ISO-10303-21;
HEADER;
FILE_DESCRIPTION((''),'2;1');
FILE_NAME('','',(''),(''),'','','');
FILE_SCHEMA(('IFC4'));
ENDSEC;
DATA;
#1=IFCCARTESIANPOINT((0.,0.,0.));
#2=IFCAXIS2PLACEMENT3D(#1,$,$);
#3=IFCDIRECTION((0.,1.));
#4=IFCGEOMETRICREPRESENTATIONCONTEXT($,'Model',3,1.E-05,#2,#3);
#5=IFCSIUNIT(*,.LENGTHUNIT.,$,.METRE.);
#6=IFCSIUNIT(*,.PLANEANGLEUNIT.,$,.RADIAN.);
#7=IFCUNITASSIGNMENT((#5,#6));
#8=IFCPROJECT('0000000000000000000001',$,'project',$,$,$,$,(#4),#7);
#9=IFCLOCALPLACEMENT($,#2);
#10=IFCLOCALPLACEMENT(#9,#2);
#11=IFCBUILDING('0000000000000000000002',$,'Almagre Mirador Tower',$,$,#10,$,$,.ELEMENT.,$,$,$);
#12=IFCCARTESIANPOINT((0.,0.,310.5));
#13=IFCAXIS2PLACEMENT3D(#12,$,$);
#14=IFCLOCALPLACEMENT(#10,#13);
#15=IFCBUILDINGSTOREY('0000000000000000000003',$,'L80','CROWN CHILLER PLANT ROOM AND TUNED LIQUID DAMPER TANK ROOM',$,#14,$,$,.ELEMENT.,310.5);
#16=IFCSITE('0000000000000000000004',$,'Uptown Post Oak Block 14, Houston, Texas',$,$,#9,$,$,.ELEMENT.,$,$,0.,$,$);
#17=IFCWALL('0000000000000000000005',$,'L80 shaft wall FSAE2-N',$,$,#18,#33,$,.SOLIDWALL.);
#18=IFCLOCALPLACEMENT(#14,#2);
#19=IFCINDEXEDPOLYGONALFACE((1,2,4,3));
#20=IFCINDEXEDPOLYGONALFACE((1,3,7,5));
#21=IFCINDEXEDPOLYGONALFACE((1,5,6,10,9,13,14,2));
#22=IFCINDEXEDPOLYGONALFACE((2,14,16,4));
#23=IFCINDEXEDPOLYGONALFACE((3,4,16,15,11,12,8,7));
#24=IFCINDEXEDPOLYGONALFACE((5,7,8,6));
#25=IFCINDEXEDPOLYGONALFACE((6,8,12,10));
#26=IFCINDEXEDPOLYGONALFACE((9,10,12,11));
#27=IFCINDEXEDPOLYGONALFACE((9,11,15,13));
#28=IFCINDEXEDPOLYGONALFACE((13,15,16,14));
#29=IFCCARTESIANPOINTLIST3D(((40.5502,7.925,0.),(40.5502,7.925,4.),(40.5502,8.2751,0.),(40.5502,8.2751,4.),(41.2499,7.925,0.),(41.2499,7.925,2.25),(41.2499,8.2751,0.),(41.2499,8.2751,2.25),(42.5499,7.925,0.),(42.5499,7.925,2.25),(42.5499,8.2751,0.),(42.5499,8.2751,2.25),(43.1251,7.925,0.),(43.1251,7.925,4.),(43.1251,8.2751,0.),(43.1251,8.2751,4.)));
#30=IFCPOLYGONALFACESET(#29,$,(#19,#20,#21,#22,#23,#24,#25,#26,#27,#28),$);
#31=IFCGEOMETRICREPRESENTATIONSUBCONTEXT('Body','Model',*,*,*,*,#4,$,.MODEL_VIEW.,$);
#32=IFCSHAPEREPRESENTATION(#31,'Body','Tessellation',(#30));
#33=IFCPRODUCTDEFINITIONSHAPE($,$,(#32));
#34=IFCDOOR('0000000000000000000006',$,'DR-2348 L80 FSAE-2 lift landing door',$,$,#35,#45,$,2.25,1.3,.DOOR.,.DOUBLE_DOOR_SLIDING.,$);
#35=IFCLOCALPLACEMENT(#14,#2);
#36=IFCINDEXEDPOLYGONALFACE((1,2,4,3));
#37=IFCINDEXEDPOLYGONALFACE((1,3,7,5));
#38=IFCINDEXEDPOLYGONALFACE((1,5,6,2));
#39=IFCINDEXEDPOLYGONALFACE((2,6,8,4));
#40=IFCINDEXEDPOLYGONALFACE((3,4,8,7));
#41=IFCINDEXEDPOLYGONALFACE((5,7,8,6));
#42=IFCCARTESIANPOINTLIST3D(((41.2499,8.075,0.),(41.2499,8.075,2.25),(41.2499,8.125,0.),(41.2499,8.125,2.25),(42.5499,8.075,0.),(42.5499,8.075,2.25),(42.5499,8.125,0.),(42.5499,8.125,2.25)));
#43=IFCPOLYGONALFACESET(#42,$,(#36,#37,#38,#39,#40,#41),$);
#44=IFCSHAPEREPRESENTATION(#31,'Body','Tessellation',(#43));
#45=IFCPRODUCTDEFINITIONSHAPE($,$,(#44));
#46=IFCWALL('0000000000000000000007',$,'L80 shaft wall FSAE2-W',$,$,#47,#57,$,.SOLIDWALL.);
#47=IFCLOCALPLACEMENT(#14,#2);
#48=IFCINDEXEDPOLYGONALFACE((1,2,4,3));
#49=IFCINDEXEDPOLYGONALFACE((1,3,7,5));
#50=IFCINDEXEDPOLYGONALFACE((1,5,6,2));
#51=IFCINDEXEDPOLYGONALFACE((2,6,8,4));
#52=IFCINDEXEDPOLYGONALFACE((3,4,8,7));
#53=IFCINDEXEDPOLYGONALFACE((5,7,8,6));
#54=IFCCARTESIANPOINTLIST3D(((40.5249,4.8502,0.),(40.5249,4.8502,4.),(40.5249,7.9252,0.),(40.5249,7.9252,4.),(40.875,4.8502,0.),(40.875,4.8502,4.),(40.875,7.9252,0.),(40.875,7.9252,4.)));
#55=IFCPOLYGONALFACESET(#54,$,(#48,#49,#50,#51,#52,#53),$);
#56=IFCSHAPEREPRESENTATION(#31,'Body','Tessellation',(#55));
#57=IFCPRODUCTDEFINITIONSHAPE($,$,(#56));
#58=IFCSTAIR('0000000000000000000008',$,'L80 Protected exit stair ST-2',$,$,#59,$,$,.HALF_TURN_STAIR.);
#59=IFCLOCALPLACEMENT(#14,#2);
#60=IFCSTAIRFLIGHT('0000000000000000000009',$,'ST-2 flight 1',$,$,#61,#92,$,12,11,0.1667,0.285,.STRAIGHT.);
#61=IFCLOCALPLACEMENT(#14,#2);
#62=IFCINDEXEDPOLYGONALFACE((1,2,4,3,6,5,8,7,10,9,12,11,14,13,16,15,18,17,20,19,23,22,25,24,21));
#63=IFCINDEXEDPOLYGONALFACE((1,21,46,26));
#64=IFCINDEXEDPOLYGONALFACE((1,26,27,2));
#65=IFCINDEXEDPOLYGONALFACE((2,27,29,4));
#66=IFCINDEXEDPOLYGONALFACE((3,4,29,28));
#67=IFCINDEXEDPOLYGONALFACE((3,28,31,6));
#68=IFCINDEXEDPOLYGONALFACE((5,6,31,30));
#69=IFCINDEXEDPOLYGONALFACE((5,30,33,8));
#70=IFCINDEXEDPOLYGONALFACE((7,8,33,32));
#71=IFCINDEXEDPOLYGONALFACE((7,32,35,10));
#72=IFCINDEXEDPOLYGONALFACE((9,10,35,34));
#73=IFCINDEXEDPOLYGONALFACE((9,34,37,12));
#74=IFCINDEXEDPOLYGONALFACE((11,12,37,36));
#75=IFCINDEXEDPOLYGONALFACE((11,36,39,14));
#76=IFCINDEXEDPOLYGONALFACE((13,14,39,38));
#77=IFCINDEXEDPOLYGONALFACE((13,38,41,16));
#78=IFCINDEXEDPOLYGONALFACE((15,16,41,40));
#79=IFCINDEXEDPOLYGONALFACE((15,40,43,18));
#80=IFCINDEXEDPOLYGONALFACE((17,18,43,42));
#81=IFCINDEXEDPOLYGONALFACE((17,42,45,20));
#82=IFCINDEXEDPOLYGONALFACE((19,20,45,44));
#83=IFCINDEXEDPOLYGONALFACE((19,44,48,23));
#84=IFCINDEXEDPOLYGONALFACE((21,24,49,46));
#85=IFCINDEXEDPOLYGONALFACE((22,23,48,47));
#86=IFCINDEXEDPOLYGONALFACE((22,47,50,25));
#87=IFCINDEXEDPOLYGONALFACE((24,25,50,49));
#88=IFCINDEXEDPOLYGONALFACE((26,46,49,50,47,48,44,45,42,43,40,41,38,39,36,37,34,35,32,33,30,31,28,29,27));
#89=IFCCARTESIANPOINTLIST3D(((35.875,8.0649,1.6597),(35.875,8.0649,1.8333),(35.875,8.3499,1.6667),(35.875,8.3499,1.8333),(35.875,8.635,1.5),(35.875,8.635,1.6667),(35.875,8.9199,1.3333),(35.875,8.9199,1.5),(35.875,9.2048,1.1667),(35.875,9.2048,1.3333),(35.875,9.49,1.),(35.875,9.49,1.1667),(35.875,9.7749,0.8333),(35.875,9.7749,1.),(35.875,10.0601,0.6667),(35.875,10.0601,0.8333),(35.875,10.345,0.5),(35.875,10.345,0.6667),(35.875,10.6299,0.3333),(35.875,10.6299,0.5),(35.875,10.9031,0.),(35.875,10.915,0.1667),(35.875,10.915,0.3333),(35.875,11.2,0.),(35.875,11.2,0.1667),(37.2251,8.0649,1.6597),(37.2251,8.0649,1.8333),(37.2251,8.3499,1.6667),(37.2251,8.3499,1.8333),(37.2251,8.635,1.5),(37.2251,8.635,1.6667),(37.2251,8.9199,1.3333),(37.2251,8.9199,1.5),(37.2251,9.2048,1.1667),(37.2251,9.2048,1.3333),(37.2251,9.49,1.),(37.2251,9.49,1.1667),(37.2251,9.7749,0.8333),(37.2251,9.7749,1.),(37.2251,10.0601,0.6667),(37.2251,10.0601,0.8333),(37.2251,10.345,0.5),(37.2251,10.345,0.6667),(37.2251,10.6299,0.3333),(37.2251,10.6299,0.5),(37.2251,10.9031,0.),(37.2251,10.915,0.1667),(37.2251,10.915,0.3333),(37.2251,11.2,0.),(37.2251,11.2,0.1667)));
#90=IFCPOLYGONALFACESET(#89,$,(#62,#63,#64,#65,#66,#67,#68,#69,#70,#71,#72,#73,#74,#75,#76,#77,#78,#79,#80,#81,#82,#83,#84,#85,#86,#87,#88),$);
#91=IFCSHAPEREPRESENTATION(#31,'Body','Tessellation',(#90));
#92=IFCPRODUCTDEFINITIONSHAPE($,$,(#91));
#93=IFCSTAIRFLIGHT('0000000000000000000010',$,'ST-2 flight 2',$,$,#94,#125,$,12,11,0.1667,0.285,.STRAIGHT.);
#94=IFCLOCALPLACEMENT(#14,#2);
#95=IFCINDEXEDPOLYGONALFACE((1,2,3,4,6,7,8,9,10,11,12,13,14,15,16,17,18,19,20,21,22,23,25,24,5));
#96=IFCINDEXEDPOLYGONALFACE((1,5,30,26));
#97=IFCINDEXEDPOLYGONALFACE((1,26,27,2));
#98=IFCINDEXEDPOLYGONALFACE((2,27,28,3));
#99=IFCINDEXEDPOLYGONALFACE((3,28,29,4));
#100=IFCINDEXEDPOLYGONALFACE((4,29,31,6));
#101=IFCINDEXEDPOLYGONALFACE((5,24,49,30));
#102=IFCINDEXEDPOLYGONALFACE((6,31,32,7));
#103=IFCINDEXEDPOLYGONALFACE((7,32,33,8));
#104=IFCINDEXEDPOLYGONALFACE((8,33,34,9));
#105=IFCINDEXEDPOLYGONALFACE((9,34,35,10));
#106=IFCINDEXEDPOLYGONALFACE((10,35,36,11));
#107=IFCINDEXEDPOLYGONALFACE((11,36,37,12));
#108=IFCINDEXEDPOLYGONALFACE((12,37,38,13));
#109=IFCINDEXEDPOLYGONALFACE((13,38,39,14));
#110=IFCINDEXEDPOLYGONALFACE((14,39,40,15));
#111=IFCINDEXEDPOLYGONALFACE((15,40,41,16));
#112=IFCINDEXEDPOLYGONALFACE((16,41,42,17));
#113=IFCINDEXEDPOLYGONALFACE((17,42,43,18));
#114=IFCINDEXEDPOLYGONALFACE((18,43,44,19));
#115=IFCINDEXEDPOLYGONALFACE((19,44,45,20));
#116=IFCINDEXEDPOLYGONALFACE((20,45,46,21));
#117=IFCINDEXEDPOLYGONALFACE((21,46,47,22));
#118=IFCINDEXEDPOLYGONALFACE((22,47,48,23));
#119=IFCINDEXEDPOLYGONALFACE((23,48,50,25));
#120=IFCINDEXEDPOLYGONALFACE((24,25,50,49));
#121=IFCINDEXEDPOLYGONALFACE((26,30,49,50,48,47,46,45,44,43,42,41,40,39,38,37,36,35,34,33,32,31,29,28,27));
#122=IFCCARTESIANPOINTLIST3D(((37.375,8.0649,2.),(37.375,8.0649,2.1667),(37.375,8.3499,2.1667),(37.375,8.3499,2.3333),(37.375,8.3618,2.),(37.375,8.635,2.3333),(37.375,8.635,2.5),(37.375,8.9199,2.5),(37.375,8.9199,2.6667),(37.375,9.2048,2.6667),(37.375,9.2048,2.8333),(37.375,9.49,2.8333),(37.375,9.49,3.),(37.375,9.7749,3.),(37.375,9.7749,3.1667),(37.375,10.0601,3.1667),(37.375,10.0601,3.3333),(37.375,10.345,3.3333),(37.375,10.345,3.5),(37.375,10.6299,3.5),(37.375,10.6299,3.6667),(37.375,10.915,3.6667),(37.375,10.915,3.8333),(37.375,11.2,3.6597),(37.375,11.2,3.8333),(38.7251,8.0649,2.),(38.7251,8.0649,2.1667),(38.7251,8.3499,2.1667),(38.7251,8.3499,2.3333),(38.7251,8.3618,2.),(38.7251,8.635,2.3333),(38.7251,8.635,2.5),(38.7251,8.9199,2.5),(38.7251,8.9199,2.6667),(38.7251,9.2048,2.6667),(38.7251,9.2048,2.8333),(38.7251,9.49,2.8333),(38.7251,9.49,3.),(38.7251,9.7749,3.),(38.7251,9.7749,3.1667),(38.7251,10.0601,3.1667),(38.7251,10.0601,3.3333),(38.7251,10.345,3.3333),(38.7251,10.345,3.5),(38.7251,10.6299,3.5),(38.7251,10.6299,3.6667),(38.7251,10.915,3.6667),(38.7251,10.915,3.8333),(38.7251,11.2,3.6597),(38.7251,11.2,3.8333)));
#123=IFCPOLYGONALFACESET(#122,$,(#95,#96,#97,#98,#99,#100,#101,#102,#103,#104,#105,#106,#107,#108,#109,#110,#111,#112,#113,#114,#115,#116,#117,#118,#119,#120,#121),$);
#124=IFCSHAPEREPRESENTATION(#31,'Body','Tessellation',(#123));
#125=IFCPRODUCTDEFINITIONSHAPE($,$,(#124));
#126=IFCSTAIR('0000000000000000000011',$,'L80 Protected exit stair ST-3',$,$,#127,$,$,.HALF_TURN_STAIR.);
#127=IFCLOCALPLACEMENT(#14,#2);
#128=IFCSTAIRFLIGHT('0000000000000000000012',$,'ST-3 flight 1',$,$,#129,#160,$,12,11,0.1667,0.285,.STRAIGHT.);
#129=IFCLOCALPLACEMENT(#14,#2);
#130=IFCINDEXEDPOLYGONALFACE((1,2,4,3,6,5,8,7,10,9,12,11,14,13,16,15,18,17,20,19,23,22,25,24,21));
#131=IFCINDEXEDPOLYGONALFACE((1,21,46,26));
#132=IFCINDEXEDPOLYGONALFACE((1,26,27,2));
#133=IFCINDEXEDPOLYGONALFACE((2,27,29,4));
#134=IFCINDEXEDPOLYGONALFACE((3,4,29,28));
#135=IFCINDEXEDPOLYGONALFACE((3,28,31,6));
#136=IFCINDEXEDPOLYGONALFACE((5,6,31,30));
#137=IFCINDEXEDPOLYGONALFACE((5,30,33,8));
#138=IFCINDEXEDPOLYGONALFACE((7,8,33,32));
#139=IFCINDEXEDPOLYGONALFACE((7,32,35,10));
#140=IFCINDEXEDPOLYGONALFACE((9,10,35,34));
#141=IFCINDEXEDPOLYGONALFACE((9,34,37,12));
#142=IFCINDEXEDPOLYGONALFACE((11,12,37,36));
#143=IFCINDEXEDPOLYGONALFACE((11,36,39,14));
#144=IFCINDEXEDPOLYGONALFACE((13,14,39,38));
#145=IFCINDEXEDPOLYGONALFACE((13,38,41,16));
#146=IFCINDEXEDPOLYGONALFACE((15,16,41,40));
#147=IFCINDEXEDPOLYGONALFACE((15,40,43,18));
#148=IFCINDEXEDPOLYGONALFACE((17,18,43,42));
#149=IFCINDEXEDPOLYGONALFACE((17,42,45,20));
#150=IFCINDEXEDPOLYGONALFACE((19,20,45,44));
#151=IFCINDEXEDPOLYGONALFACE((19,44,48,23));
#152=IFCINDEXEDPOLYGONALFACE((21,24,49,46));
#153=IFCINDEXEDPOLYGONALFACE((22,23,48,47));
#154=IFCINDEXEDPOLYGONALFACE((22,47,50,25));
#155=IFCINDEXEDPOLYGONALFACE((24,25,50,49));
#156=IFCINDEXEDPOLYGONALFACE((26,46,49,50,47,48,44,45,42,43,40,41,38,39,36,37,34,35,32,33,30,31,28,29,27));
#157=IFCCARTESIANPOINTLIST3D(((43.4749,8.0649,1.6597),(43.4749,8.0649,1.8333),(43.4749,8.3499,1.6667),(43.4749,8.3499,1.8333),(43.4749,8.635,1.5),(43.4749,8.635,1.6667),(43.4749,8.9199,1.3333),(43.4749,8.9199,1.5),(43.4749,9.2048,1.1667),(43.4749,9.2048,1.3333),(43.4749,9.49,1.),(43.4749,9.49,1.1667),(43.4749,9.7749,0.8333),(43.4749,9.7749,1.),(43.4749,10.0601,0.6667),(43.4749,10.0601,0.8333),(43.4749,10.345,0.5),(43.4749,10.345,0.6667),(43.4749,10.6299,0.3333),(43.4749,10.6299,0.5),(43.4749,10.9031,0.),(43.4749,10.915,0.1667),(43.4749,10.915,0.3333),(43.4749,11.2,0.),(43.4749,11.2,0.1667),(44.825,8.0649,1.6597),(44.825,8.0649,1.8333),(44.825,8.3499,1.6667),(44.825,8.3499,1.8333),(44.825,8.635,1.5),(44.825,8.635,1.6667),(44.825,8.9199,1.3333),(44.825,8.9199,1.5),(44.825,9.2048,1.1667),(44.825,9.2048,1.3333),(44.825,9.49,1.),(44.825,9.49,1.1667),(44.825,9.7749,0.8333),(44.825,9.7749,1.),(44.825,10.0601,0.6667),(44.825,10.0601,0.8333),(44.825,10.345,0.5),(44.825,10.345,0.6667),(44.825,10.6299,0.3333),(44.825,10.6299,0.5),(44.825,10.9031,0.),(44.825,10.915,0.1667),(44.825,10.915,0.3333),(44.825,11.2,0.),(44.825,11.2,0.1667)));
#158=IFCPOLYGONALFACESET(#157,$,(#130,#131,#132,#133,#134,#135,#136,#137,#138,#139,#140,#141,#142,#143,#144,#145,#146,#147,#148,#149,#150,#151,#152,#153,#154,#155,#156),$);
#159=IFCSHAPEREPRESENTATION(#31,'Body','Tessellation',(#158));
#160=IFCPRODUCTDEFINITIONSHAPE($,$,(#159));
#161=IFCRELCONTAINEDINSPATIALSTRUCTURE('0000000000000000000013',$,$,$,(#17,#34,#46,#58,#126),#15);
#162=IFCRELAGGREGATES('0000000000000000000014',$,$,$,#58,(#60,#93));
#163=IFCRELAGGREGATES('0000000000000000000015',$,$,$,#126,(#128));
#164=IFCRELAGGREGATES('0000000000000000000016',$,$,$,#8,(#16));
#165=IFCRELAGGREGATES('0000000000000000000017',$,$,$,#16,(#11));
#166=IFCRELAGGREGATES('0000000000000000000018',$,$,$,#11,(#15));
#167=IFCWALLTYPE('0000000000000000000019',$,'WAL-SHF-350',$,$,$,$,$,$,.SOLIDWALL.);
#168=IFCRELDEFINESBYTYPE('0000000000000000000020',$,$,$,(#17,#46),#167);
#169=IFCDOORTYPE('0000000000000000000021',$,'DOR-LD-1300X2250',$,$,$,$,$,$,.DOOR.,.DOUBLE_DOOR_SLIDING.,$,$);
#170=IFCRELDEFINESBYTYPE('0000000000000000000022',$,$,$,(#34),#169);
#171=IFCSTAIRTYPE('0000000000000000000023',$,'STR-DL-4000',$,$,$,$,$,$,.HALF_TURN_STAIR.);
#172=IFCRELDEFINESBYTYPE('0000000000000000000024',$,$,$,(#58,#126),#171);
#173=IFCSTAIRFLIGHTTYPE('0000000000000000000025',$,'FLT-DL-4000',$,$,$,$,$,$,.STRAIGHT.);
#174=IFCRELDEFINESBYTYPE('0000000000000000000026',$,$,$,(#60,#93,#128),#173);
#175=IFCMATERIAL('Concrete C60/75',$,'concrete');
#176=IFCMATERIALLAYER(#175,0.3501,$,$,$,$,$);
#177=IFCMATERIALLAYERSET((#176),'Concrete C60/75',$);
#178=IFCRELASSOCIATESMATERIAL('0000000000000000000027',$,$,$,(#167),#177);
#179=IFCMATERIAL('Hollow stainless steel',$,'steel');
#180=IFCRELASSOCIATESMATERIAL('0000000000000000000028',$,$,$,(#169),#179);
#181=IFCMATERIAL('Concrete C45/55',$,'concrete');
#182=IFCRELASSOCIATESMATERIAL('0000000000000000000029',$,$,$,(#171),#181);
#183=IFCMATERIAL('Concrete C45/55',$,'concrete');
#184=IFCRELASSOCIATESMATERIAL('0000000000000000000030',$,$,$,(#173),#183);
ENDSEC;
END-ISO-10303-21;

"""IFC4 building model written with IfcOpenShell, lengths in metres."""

from ifc_helpers import new_model, si_unit, direction, frame, frame_2d, origin, place, context, subcontext, project, spatial, polyline, rectangle, outline, extrude, material, layer, layer_set, type_object, element, fill, aggregate, save


model = new_model("IFC4")

# Units and contexts
model_context = context("Model", 3, precision=1e-05, world=origin(), true_north=direction((0.0, 1.0)))
body_context = subcontext(model_context, "Body", "Model", "MODEL_VIEW")
ifc_project = project(units=[si_unit("LENGTHUNIT", "METRE"), si_unit("PLANEANGLEUNIT", "RADIAN")], contexts=[model_context])

# Site, building, storey
site_placement = place(None, origin())
site = spatial("IfcSite", under=ifc_project, at=site_placement, Name="Uptown Post Oak Block 14, Houston, Texas", CompositionType="ELEMENT", RefElevation=0.0)
building_placement = place(site_placement, origin())
building = spatial("IfcBuilding", under=site, at=building_placement, Name="Almagre Mirador Tower", CompositionType="ELEMENT")
storey_placement = place(building_placement, frame((0.0, 0.0, 310.5)))
storey = spatial("IfcBuildingStorey", under=building, at=storey_placement, Name="L80", Description="CROWN CHILLER PLANT ROOM AND TUNED LIQUID DAMPER TANK ROOM", CompositionType="ELEMENT", Elevation=310.5)

# Shared definitions
ifc_material_1 = material(Name="Concrete C60/75", Category="concrete")
ifc_layer_1 = layer(ifc_material_1, 0.3501)
ifc_layer_set_1 = layer_set([ifc_layer_1], Name="Concrete C60/75")
wall_type = type_object("IfcWallType", Name="WAL-SHF-350", PredefinedType="SOLIDWALL", material=ifc_layer_set_1)

# Wall, opening, door
wall_1_placement = place(storey_placement, frame((40.55, 8.1001, 0.0), z_axis=(0.0, 0.0, 1.0), x_axis=(1.0, 0.0, 0.0)))
wall_1 = element("IfcWall", 1, at=wall_1_placement, inside=storey, type_object=wall_type, Name="L80 shaft wall FSAE2-N", PredefinedType="SOLIDWALL", context=body_context, shape_type="SweptSolid", body=[
    extrude(rectangle(XDim=2.575, YDim=0.3501, at=frame_2d((1.2876, 0.0))), origin(), (0.0, 0.0, 1.0), 4.0),
])
opening_1_placement = place(wall_1_placement, frame((0.7, 0.0, 0.0)))
opening_1 = element("IfcOpeningElement", 2, at=opening_1_placement, cuts=wall_1, PredefinedType="OPENING", context=body_context, shape_type="SweptSolid", body=[
    extrude(rectangle(XDim=1.3, YDim=2.25, at=frame_2d((0.6499, 1.125))), frame((0.0, 0.185, 0.0), z_axis=(0.0, -1.0, 0.0), x_axis=(1.0, 0.0, 0.0)), (0.0, 0.0, 1.0), 0.3701),
])
ifc_material_2 = material(Name="Hollow stainless steel", Category="steel")
door_type_1 = type_object("IfcDoorType", Name="DOR-LD-1300X2250", OperationType="DOUBLE_DOOR_SLIDING", PredefinedType="DOOR", material=ifc_material_2)
door_1_placement = place(opening_1_placement, origin())
door_1 = element("IfcDoor", 3, at=door_1_placement, inside=storey, type_object=door_type_1, Name="DR-2348 L80 FSAE-2 lift landing door", OperationType="DOUBLE_DOOR_SLIDING", OverallHeight=2.25, OverallWidth=1.3, PredefinedType="DOOR", context=body_context, shape_type="SweptSolid", body=[
    extrude(rectangle(XDim=1.3, YDim=2.25, at=frame_2d((0.6499, 1.125))), frame((0.0, 0.0249, 0.0), z_axis=(0.0, -1.0, 0.0), x_axis=(1.0, 0.0, 0.0)), (0.0, 0.0, 1.0), 0.05),
])
fill(opening_1, door_1)

# Wall
wall_2_placement = place(storey_placement, frame((40.7, 4.8501, 0.0), z_axis=(0.0, 0.0, 1.0), x_axis=(0.0, 1.0, 0.0)))
element("IfcWall", 4, at=wall_2_placement, inside=storey, type_object=wall_type, Name="L80 shaft wall FSAE2-W", PredefinedType="SOLIDWALL", context=body_context, shape_type="SweptSolid", body=[
    extrude(rectangle(XDim=3.075, YDim=0.3501, at=frame_2d((1.5376, 0.0))), origin(), (0.0, 0.0, 1.0), 4.0),
])

# Stairs, stair flights
ifc_material_3 = material(Name="Concrete C45/55", Category="concrete")
stair_type = type_object("IfcStairType", Name="STR-DL-4000", PredefinedType="HALF_TURN_STAIR", material=ifc_material_3)
stair_1_placement = place(storey_placement, origin())
stair_1 = element("IfcStair", 5, at=stair_1_placement, inside=storey, type_object=stair_type, Name="L80 Protected exit stair ST-2", PredefinedType="HALF_TURN_STAIR")
ifc_material_4 = material(Name="Concrete C45/55", Category="concrete")
stair_flight_type = type_object("IfcStairFlightType", Name="FLT-DL-4000", PredefinedType="STRAIGHT", material=ifc_material_4)
stair_flight_1_placement = place(storey_placement, frame((36.55, 11.2, 0.0), z_axis=(0.0, 0.0, 1.0), x_axis=(0.0, -1.0, 0.0)))
stair_flight_1 = element("IfcStairFlight", 6, at=stair_flight_1_placement, type_object=stair_flight_type, Name="ST-2 flight 1", NumberOfRisers=12, NumberOfTreads=11, PredefinedType="STRAIGHT", RiserHeight=0.1667, TreadLength=0.285, context=body_context, shape_type="SweptSolid", body=[
    extrude(outline(polyline([(0.0, 0.0), (0.0, 0.1667), (0.2849, 0.1667), (0.2849, 0.3333), (0.5701, 0.3333), (0.5701, 0.5), (0.855, 0.5), (0.855, 0.6667), (1.1399, 0.6667), (1.1399, 0.8333), (1.425, 0.8333), (1.425, 1.0), (1.71, 1.0), (1.71, 1.1667), (1.9951, 1.1667), (1.9951, 1.3333), (2.28, 1.3333), (2.28, 1.5), (2.5649, 1.5), (2.5649, 1.6667), (2.8501, 1.6667), (2.8501, 1.8333), (3.135, 1.8333), (3.135, 2.0), (3.135, 1.6597), (0.2969, 0.0), (0.0, 0.0)])), frame((0.0, 0.675, 0.0), z_axis=(0.0, -1.0, 0.0), x_axis=(1.0, 0.0, 0.0)), (0.0, 0.0, 1.0), 1.3501),
])
stair_flight_2_placement = place(storey_placement, frame((38.05, 8.0649, 2.0), z_axis=(0.0, 0.0, 1.0), x_axis=(0.0, 1.0, 0.0)))
stair_flight_2 = element("IfcStairFlight", 7, at=stair_flight_2_placement, type_object=stair_flight_type, Name="ST-2 flight 2", NumberOfRisers=12, NumberOfTreads=11, PredefinedType="STRAIGHT", RiserHeight=0.1667, TreadLength=0.285, context=body_context, shape_type="SweptSolid", body=[
    extrude(outline(polyline([(0.0, 0.0), (0.0, 0.1667), (0.2849, 0.1667), (0.2849, 0.3333), (0.5701, 0.3333), (0.5701, 0.5), (0.855, 0.5), (0.855, 0.6667), (1.1399, 0.6667), (1.1399, 0.8333), (1.425, 0.8333), (1.425, 1.0), (1.71, 1.0), (1.71, 1.1667), (1.9951, 1.1667), (1.9951, 1.3333), (2.28, 1.3333), (2.28, 1.5), (2.5649, 1.5), (2.5649, 1.6667), (2.8501, 1.6667), (2.8501, 1.8333), (3.135, 1.8333), (3.135, 2.0), (3.135, 1.6597), (0.2969, 0.0), (0.0, 0.0)])), frame((0.0, 0.675, 0.0), z_axis=(0.0, -1.0, 0.0), x_axis=(1.0, 0.0, 0.0)), (0.0, 0.0, 1.0), 1.3501),
])
aggregate(stair_1, [stair_flight_1, stair_flight_2])
stair_2_placement = place(storey_placement, origin())
stair_2 = element("IfcStair", 8, at=stair_2_placement, inside=storey, type_object=stair_type, Name="L80 Protected exit stair ST-3", PredefinedType="HALF_TURN_STAIR")
stair_flight_3_placement = place(storey_placement, frame((44.1499, 11.2, 0.0), z_axis=(0.0, 0.0, 1.0), x_axis=(0.0, -1.0, 0.0)))
stair_flight_3 = element("IfcStairFlight", 9, at=stair_flight_3_placement, type_object=stair_flight_type, Name="ST-3 flight 1", NumberOfRisers=12, NumberOfTreads=11, PredefinedType="STRAIGHT", RiserHeight=0.1667, TreadLength=0.285, context=body_context, shape_type="SweptSolid", body=[
    extrude(outline(polyline([(0.0, 0.0), (0.0, 0.1667), (0.2849, 0.1667), (0.2849, 0.3333), (0.5701, 0.3333), (0.5701, 0.5), (0.855, 0.5), (0.855, 0.6667), (1.1399, 0.6667), (1.1399, 0.8333), (1.425, 0.8333), (1.425, 1.0), (1.71, 1.0), (1.71, 1.1667), (1.9951, 1.1667), (1.9951, 1.3333), (2.28, 1.3333), (2.28, 1.5), (2.5649, 1.5), (2.5649, 1.6667), (2.8501, 1.6667), (2.8501, 1.8333), (3.135, 1.8333), (3.135, 2.0), (3.135, 1.6597), (0.2969, 0.0), (0.0, 0.0)])), frame((0.0, 0.675, 0.0), z_axis=(0.0, -1.0, 0.0), x_axis=(1.0, 0.0, 0.0)), (0.0, 0.0, 1.0), 1.3501),
])
aggregate(stair_2, [stair_flight_3])

save(model, "model.ifc")
